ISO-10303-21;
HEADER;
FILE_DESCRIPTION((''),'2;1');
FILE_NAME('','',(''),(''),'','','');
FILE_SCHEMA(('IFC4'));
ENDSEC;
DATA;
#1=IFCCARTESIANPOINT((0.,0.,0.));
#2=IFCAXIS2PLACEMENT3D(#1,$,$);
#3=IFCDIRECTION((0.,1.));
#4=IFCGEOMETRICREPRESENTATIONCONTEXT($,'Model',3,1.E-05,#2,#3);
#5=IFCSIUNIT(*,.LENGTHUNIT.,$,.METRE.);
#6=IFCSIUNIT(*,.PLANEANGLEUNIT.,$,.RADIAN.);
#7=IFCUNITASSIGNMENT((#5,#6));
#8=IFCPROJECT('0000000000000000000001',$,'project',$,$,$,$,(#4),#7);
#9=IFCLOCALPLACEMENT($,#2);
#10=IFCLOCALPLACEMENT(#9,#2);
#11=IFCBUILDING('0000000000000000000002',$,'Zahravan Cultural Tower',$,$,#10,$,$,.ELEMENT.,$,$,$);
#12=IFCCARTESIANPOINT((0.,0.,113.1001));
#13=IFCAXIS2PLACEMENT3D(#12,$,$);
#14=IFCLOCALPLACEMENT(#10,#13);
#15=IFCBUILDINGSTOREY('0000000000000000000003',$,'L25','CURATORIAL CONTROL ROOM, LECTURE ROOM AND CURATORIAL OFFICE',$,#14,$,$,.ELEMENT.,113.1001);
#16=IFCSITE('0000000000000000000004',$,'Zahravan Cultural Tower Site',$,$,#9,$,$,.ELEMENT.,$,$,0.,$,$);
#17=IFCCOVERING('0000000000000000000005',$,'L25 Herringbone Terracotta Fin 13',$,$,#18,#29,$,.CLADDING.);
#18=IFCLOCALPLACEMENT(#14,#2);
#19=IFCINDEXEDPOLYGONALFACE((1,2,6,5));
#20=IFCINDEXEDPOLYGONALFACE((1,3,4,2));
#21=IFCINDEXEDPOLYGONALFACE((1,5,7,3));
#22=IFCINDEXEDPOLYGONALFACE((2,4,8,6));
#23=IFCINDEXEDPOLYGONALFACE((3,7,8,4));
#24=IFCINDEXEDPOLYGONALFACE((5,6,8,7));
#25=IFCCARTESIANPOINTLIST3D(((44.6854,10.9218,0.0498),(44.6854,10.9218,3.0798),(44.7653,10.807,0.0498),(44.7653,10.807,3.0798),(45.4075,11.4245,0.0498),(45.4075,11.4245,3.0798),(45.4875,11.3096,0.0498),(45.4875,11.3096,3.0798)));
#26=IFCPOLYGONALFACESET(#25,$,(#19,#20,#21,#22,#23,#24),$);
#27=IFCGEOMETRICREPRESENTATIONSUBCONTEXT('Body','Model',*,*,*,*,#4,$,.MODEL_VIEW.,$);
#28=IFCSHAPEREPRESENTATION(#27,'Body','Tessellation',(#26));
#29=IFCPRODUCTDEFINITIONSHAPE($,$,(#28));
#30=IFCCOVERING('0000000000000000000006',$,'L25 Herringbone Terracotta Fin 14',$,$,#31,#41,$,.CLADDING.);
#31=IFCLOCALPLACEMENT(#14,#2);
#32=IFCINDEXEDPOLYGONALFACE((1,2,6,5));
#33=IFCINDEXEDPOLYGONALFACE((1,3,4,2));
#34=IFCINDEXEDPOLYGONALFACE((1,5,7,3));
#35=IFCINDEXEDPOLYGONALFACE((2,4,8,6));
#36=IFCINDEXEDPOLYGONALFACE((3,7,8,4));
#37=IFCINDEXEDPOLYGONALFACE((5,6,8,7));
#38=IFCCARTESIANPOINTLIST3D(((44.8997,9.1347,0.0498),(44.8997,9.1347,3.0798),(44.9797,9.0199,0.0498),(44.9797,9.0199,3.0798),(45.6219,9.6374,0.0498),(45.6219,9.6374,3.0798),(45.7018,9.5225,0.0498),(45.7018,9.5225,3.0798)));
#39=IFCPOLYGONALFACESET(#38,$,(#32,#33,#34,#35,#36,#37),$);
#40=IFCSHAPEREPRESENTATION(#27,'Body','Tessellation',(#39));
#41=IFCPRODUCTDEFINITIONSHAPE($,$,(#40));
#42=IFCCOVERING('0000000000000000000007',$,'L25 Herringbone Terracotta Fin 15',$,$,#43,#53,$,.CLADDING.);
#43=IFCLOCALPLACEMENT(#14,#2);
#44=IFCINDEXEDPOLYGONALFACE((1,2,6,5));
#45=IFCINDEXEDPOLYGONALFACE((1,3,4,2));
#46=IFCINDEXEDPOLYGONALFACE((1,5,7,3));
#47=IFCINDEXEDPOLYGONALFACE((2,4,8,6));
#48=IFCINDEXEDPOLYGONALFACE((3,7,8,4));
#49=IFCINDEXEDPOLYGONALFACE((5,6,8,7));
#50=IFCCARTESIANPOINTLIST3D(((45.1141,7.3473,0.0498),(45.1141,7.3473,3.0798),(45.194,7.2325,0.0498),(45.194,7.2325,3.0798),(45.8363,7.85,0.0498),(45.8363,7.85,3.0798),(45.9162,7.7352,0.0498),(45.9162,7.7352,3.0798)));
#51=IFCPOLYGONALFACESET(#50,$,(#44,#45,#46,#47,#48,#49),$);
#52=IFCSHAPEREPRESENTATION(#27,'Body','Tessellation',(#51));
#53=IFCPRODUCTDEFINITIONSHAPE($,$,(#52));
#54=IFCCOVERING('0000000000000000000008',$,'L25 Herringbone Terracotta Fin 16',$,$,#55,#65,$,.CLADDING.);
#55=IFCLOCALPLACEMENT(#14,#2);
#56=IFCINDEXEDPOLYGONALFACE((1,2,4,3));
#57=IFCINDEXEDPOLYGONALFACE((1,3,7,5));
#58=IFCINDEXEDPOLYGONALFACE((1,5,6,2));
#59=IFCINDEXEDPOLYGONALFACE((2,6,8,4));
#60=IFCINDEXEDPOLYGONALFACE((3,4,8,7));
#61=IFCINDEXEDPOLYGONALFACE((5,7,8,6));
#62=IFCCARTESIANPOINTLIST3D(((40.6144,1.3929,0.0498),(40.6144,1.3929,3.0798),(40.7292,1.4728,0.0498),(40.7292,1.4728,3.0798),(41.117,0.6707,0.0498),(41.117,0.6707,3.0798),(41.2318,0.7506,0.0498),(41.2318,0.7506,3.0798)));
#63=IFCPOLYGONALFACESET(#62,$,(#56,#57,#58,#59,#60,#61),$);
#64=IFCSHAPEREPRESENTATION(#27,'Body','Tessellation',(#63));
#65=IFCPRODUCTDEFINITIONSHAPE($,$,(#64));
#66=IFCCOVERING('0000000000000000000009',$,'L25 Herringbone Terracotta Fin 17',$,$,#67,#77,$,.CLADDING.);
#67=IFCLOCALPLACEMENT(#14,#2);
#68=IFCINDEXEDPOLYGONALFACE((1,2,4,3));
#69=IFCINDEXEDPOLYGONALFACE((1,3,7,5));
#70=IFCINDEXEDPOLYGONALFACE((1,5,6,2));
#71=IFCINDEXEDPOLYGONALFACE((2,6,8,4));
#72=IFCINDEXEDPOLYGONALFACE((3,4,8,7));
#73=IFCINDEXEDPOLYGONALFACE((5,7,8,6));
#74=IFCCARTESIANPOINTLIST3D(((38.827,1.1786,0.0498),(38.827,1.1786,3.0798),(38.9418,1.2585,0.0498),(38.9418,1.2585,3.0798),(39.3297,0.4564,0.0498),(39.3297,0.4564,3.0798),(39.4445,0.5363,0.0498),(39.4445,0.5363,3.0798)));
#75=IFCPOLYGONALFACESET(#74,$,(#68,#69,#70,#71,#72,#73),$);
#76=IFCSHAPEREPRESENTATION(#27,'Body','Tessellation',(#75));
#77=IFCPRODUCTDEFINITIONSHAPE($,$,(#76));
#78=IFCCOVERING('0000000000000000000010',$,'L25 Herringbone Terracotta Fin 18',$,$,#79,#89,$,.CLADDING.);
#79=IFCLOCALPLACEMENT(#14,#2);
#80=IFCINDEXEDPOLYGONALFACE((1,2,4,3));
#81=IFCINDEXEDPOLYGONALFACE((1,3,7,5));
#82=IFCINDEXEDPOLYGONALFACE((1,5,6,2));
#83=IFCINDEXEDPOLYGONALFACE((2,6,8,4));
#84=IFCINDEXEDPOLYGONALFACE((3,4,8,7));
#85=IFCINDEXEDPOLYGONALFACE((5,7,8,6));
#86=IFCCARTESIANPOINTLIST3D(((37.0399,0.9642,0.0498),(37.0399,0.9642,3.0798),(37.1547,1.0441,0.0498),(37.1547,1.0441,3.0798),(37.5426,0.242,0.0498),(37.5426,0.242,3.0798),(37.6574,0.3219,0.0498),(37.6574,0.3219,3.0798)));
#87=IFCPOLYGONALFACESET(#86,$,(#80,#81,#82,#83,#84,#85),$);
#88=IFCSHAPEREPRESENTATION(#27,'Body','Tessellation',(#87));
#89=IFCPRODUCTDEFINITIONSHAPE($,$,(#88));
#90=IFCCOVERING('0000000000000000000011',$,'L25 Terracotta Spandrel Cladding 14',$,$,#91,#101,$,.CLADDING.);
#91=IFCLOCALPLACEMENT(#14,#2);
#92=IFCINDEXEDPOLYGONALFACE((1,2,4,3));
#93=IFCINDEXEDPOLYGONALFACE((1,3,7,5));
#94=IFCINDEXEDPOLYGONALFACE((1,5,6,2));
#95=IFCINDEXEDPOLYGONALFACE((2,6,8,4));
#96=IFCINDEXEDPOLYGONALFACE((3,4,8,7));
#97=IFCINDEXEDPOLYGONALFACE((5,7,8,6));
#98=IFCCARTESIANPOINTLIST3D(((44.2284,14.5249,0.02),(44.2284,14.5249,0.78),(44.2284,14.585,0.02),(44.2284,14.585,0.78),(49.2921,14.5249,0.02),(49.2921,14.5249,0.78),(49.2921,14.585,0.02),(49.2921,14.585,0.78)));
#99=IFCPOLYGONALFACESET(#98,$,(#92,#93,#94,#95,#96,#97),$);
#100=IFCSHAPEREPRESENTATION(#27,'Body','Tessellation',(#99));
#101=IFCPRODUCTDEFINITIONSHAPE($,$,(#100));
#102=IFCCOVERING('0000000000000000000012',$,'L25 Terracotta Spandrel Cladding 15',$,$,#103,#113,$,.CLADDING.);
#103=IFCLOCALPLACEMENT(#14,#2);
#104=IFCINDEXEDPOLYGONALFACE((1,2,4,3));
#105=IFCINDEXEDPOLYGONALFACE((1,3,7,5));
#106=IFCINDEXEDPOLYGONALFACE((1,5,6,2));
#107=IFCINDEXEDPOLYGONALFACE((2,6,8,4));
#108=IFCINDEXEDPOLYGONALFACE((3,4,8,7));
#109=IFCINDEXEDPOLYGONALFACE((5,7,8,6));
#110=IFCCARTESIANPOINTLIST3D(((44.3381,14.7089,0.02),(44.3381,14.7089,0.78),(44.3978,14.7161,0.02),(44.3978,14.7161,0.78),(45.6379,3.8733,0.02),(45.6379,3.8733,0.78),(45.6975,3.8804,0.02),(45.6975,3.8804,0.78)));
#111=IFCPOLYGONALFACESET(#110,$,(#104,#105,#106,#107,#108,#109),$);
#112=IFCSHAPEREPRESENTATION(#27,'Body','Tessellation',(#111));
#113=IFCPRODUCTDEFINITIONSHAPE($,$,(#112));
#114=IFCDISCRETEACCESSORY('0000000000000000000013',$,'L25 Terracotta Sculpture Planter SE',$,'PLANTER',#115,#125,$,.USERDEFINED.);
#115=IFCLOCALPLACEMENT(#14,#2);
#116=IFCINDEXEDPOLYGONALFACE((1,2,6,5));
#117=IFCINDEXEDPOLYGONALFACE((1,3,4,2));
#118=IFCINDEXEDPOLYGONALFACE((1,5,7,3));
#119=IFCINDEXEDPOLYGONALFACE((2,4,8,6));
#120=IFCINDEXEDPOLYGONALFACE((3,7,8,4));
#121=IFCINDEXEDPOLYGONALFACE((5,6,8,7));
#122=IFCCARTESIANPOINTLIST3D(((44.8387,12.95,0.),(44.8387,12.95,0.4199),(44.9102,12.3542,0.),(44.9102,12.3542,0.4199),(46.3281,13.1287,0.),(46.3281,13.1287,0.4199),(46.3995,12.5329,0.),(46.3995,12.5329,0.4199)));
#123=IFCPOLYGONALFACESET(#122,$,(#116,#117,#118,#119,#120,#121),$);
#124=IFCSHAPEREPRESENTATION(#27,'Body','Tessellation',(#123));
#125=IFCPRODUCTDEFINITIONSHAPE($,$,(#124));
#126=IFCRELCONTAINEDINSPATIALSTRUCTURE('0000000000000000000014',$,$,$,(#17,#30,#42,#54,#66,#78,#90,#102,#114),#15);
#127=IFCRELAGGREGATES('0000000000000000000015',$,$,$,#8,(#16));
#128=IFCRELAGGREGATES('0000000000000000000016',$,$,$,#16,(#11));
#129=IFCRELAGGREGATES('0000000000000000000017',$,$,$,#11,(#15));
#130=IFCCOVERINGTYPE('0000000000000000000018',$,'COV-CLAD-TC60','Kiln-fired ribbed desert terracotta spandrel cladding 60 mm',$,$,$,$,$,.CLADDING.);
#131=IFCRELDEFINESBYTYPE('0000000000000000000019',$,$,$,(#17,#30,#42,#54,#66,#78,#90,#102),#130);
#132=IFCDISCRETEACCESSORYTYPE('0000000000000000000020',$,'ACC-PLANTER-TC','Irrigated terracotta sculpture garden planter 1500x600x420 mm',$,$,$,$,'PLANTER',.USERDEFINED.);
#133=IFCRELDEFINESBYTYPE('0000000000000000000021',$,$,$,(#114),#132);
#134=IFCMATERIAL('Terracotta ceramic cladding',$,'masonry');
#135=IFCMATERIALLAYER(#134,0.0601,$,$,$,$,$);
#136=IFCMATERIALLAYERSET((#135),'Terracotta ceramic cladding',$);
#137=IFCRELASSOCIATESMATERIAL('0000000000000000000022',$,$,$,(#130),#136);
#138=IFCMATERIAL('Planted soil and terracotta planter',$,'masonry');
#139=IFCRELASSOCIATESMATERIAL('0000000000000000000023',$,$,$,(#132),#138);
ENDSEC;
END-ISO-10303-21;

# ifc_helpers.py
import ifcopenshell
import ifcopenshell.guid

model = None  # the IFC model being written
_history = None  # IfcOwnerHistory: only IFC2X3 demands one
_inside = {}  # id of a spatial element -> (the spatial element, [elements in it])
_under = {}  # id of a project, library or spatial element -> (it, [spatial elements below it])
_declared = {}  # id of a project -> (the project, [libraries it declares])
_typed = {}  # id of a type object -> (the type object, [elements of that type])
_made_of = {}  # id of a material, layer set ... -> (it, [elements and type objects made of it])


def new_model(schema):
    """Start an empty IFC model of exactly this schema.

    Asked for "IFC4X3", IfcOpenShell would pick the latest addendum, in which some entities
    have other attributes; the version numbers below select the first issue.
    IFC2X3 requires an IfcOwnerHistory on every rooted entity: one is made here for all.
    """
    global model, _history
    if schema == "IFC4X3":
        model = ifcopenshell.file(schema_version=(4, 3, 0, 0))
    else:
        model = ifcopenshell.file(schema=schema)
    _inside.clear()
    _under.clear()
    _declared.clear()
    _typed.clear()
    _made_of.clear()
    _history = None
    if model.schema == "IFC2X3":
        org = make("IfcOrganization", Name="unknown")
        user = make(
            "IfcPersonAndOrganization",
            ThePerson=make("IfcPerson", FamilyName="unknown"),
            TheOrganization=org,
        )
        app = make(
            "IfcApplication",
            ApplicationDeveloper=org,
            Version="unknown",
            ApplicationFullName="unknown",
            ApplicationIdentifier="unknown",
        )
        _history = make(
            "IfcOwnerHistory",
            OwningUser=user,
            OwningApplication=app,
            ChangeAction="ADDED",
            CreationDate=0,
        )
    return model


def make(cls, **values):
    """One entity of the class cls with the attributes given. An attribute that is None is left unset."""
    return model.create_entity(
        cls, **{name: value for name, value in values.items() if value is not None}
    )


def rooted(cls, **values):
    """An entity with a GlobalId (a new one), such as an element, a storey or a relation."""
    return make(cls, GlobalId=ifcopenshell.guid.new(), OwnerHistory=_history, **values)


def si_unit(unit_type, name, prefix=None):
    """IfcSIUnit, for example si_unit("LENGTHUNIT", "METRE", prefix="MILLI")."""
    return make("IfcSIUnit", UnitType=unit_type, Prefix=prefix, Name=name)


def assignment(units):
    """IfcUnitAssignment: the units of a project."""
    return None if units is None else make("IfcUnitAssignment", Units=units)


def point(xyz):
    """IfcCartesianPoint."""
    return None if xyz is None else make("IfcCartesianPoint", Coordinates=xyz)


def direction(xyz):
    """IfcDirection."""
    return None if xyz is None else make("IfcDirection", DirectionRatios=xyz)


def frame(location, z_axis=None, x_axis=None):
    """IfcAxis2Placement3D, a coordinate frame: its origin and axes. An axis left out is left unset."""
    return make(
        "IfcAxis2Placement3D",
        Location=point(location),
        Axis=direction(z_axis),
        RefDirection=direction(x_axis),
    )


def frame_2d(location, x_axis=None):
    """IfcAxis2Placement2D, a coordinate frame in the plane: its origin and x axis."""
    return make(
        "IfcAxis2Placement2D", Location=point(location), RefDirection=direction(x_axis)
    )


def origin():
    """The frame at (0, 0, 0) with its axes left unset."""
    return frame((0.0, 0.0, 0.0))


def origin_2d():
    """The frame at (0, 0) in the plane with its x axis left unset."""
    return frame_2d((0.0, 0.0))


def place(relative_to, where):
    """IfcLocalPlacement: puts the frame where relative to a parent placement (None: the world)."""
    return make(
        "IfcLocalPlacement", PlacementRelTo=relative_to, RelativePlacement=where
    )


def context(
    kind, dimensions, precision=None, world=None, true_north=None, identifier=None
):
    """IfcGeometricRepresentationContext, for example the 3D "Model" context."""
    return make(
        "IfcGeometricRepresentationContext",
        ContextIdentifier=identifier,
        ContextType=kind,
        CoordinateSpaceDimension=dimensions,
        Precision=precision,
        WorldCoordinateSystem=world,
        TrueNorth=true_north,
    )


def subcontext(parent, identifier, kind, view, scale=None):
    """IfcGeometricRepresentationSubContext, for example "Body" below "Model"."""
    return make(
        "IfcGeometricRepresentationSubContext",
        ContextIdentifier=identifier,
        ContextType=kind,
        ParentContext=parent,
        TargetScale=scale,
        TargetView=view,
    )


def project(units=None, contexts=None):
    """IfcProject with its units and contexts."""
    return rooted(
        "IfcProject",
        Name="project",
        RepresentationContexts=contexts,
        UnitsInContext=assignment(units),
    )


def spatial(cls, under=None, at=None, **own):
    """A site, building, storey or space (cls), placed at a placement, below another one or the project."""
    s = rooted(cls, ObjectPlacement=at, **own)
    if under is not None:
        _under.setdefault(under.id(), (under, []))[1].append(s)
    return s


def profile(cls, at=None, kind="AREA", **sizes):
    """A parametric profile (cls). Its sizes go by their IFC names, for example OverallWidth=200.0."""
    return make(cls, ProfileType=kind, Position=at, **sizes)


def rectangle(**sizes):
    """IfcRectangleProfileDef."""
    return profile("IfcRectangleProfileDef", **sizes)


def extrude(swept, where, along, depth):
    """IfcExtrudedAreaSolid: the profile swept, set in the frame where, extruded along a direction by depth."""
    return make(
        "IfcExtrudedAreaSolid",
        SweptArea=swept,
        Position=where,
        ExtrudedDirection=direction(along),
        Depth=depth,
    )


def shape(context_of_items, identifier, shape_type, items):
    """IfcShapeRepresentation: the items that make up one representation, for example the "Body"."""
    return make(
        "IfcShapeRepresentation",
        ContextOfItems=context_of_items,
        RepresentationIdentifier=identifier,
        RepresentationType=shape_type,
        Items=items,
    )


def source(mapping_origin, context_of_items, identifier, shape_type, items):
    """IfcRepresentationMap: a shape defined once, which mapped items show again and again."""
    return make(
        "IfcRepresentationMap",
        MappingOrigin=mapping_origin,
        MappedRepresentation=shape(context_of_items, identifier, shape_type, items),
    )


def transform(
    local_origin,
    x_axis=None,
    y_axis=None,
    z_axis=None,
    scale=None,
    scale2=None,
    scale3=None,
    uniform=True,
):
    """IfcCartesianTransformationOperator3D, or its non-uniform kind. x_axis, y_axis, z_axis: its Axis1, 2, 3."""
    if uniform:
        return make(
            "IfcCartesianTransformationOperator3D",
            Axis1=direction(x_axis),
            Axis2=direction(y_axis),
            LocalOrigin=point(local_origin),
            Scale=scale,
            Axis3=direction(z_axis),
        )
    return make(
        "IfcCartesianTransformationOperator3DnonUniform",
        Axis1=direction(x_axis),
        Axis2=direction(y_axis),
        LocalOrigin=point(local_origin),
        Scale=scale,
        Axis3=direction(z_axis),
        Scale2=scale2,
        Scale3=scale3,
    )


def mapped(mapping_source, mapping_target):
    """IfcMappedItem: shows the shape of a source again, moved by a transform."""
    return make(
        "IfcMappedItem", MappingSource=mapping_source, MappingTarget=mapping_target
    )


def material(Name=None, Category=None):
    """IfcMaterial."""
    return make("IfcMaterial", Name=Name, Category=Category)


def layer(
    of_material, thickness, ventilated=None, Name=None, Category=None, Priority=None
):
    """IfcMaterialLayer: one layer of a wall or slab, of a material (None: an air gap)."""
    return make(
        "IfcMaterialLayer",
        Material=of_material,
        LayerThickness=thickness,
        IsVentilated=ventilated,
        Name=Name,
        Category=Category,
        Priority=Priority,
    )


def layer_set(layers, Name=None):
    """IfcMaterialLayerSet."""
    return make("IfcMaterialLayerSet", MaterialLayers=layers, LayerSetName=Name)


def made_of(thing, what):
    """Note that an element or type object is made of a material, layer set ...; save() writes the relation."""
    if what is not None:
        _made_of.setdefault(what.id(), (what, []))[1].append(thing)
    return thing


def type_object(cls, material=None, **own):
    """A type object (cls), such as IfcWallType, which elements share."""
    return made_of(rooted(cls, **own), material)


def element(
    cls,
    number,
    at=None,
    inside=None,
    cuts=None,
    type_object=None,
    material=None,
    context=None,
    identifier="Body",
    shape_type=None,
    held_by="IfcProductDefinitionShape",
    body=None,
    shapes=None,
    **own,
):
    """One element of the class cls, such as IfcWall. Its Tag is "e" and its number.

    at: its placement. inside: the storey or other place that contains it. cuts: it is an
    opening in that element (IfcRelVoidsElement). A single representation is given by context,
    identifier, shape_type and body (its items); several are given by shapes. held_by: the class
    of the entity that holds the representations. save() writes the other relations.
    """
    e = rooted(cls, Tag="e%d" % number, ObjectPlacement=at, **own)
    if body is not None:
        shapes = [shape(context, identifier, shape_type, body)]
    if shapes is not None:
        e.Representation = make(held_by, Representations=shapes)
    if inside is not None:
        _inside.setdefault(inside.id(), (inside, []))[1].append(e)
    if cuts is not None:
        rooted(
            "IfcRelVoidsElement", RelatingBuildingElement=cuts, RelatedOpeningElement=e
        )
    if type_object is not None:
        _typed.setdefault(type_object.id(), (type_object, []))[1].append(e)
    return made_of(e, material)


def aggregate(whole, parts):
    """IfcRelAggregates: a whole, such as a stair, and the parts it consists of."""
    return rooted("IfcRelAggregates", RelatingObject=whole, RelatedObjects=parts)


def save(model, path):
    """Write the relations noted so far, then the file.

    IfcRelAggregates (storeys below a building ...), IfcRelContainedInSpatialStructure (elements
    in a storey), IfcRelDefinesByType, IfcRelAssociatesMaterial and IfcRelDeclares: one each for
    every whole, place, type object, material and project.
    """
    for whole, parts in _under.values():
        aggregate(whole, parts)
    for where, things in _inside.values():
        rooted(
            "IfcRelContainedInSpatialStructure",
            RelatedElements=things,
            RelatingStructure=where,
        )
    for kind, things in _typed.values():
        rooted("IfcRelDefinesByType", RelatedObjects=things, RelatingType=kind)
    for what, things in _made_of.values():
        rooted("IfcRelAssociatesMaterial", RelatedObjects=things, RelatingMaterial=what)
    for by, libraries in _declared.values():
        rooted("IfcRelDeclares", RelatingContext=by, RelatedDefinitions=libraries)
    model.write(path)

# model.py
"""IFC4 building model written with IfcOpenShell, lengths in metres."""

from ifc_helpers import new_model, si_unit, direction, frame, origin, origin_2d, place, context, subcontext, project, spatial, rectangle, extrude, source, transform, mapped, material, layer, layer_set, type_object, element, save


model = new_model("IFC4")

# Units and contexts
model_context = context("Model", 3, precision=1e-05, world=origin(), true_north=direction((0.0, 1.0)))
body_context = subcontext(model_context, "Body", "Model", "MODEL_VIEW")
ifc_project = project(units=[si_unit("LENGTHUNIT", "METRE"), si_unit("PLANEANGLEUNIT", "RADIAN")], contexts=[model_context])

# Site, building, storey
site_placement = place(None, origin())
site = spatial("IfcSite", under=ifc_project, at=site_placement, Name="Zahravan Cultural Tower Site", CompositionType="ELEMENT", RefElevation=0.0)
building_placement = place(site_placement, origin())
building = spatial("IfcBuilding", under=site, at=building_placement, Name="Zahravan Cultural Tower", CompositionType="ELEMENT")
storey_placement = place(building_placement, frame((0.0, 0.0, 113.1001)))
storey = spatial("IfcBuildingStorey", under=building, at=storey_placement, Name="L25", Description="CURATORIAL CONTROL ROOM, LECTURE ROOM AND CURATORIAL OFFICE", CompositionType="ELEMENT", Elevation=113.1001)

# Coverings
ifc_material_1 = material(Name="Terracotta ceramic cladding", Category="masonry")
ifc_layer_1 = layer(ifc_material_1, 0.0601)
ifc_layer_set_1 = layer_set([ifc_layer_1], Name="Terracotta ceramic cladding")
covering_type = type_object("IfcCoveringType", Name="COV-CLAD-TC60", Description="Kiln-fired ribbed desert terracotta spandrel cladding 60 mm", PredefinedType="CLADDING", material=ifc_layer_set_1)
shared_shape_1 = source(origin(), body_context, "Body", "SweptSolid", [
    extrude(rectangle(XDim=0.8799, YDim=0.1399, at=origin_2d()), origin(), (0.0, 0.0, 1.0), 3.03),
])
for number, where, z_axis, x_axis, name in (
    (1, (45.0864, 11.1157, 0.0498), (0.0, 0.0, 1.0), (0.820751, 0.571287, 0.0), "L25 Herringbone Terracotta Fin 13"),
    (2, (45.3008, 9.3286, 0.0498), (0.0, 0.0, 1.0), (0.820751, 0.571287, 0.0), "L25 Herringbone Terracotta Fin 14"),
    (3, (45.5151, 7.5413, 0.0498), (0.0, 0.0, 1.0), (0.820751, 0.571287, 0.0), "L25 Herringbone Terracotta Fin 15"),
    (4, (40.9231, 1.0718, 0.0498), (0.0, 0.0, 1.0), (0.571272, -0.820761, 0.0), "L25 Herringbone Terracotta Fin 16"),
    (5, (39.1357, 0.8574, 0.0498), (0.0, 0.0, 1.0), (0.571272, -0.820761, 0.0), "L25 Herringbone Terracotta Fin 17"),
    (6, (37.3486, 0.6431, 0.0498), (0.0, 0.0, 1.0), (0.571272, -0.820761, 0.0), "L25 Herringbone Terracotta Fin 18"),
):
    element("IfcCovering", number, at=place(storey_placement, frame(where, z_axis=z_axis, x_axis=x_axis)), inside=storey, type_object=covering_type, Name=name, PredefinedType="CLADDING", context=body_context, shape_type="MappedRepresentation", body=[
        mapped(shared_shape_1, transform((0.0, 0.0, 0.0), x_axis=(1.0, 0.0, 0.0), y_axis=(0.0, 1.0, 0.0), z_axis=(0.0, 0.0, 1.0), scale=1.0)),
    ])
shared_shape_2 = source(origin(), body_context, "Body", "SweptSolid", [
    extrude(rectangle(XDim=5.0637, YDim=0.0601, at=origin_2d()), origin(), (0.0, 0.0, 1.0), 0.76),
])
covering_1_placement = place(storey_placement, frame((46.7603, 14.5549, 0.02), z_axis=(0.0, 0.0, 1.0), x_axis=(-1.0, 0.0, 0.0)))
element("IfcCovering", 7, at=covering_1_placement, inside=storey, type_object=covering_type, Name="L25 Terracotta Spandrel Cladding 14", PredefinedType="CLADDING", context=body_context, shape_type="MappedRepresentation", body=[
    mapped(shared_shape_2, transform((0.0, 0.0, 0.0), x_axis=(1.0, 0.0, 0.0), y_axis=(0.0, 1.0, 0.0), z_axis=(0.0, 0.0, 1.0), scale=1.0)),
])
shared_shape_3 = source(origin(), body_context, "Body", "SweptSolid", [
    extrude(rectangle(XDim=10.9133, YDim=0.0601, at=origin_2d()), origin(), (0.0, 0.0, 1.0), 0.76),
])
covering_2_placement = place(storey_placement, frame((45.0178, 9.2947, 0.02), z_axis=(0.0, 0.0, 1.0), x_axis=(0.119097, -0.992883, 0.0)))
element("IfcCovering", 8, at=covering_2_placement, inside=storey, type_object=covering_type, Name="L25 Terracotta Spandrel Cladding 15", PredefinedType="CLADDING", context=body_context, shape_type="MappedRepresentation", body=[
    mapped(shared_shape_3, transform((0.0, 0.0, 0.0), x_axis=(1.0, 0.0, 0.0), y_axis=(0.0, 1.0, 0.0), z_axis=(0.0, 0.0, 1.0), scale=1.0)),
])

# Discrete accessory
ifc_material_2 = material(Name="Planted soil and terracotta planter", Category="masonry")
discrete_accessory_type = type_object("IfcDiscreteAccessoryType", Name="ACC-PLANTER-TC", Description="Irrigated terracotta sculpture garden planter 1500x600x420 mm", ElementType="PLANTER", PredefinedType="USERDEFINED", material=ifc_material_2)
shared_shape_4 = source(origin(), body_context, "Body", "SweptSolid", [
    extrude(rectangle(XDim=1.5, YDim=0.6001, at=origin_2d()), origin(), (0.0, 0.0, 1.0), 0.4199),
])
discrete_accessory_placement = place(storey_placement, frame((45.6191, 12.7415, 0.0), z_axis=(0.0, 0.0, 1.0), x_axis=(0.992883, 0.119097, 0.0)))
element("IfcDiscreteAccessory", 9, at=discrete_accessory_placement, inside=storey, type_object=discrete_accessory_type, Name="L25 Terracotta Sculpture Planter SE", ObjectType="PLANTER", PredefinedType="USERDEFINED", context=body_context, shape_type="MappedRepresentation", body=[
    mapped(shared_shape_4, transform((0.0, 0.0, 0.0), x_axis=(1.0, 0.0, 0.0), y_axis=(0.0, 1.0, 0.0), z_axis=(0.0, 0.0, 1.0), scale=1.0)),
])

save(model, "model.ifc")
